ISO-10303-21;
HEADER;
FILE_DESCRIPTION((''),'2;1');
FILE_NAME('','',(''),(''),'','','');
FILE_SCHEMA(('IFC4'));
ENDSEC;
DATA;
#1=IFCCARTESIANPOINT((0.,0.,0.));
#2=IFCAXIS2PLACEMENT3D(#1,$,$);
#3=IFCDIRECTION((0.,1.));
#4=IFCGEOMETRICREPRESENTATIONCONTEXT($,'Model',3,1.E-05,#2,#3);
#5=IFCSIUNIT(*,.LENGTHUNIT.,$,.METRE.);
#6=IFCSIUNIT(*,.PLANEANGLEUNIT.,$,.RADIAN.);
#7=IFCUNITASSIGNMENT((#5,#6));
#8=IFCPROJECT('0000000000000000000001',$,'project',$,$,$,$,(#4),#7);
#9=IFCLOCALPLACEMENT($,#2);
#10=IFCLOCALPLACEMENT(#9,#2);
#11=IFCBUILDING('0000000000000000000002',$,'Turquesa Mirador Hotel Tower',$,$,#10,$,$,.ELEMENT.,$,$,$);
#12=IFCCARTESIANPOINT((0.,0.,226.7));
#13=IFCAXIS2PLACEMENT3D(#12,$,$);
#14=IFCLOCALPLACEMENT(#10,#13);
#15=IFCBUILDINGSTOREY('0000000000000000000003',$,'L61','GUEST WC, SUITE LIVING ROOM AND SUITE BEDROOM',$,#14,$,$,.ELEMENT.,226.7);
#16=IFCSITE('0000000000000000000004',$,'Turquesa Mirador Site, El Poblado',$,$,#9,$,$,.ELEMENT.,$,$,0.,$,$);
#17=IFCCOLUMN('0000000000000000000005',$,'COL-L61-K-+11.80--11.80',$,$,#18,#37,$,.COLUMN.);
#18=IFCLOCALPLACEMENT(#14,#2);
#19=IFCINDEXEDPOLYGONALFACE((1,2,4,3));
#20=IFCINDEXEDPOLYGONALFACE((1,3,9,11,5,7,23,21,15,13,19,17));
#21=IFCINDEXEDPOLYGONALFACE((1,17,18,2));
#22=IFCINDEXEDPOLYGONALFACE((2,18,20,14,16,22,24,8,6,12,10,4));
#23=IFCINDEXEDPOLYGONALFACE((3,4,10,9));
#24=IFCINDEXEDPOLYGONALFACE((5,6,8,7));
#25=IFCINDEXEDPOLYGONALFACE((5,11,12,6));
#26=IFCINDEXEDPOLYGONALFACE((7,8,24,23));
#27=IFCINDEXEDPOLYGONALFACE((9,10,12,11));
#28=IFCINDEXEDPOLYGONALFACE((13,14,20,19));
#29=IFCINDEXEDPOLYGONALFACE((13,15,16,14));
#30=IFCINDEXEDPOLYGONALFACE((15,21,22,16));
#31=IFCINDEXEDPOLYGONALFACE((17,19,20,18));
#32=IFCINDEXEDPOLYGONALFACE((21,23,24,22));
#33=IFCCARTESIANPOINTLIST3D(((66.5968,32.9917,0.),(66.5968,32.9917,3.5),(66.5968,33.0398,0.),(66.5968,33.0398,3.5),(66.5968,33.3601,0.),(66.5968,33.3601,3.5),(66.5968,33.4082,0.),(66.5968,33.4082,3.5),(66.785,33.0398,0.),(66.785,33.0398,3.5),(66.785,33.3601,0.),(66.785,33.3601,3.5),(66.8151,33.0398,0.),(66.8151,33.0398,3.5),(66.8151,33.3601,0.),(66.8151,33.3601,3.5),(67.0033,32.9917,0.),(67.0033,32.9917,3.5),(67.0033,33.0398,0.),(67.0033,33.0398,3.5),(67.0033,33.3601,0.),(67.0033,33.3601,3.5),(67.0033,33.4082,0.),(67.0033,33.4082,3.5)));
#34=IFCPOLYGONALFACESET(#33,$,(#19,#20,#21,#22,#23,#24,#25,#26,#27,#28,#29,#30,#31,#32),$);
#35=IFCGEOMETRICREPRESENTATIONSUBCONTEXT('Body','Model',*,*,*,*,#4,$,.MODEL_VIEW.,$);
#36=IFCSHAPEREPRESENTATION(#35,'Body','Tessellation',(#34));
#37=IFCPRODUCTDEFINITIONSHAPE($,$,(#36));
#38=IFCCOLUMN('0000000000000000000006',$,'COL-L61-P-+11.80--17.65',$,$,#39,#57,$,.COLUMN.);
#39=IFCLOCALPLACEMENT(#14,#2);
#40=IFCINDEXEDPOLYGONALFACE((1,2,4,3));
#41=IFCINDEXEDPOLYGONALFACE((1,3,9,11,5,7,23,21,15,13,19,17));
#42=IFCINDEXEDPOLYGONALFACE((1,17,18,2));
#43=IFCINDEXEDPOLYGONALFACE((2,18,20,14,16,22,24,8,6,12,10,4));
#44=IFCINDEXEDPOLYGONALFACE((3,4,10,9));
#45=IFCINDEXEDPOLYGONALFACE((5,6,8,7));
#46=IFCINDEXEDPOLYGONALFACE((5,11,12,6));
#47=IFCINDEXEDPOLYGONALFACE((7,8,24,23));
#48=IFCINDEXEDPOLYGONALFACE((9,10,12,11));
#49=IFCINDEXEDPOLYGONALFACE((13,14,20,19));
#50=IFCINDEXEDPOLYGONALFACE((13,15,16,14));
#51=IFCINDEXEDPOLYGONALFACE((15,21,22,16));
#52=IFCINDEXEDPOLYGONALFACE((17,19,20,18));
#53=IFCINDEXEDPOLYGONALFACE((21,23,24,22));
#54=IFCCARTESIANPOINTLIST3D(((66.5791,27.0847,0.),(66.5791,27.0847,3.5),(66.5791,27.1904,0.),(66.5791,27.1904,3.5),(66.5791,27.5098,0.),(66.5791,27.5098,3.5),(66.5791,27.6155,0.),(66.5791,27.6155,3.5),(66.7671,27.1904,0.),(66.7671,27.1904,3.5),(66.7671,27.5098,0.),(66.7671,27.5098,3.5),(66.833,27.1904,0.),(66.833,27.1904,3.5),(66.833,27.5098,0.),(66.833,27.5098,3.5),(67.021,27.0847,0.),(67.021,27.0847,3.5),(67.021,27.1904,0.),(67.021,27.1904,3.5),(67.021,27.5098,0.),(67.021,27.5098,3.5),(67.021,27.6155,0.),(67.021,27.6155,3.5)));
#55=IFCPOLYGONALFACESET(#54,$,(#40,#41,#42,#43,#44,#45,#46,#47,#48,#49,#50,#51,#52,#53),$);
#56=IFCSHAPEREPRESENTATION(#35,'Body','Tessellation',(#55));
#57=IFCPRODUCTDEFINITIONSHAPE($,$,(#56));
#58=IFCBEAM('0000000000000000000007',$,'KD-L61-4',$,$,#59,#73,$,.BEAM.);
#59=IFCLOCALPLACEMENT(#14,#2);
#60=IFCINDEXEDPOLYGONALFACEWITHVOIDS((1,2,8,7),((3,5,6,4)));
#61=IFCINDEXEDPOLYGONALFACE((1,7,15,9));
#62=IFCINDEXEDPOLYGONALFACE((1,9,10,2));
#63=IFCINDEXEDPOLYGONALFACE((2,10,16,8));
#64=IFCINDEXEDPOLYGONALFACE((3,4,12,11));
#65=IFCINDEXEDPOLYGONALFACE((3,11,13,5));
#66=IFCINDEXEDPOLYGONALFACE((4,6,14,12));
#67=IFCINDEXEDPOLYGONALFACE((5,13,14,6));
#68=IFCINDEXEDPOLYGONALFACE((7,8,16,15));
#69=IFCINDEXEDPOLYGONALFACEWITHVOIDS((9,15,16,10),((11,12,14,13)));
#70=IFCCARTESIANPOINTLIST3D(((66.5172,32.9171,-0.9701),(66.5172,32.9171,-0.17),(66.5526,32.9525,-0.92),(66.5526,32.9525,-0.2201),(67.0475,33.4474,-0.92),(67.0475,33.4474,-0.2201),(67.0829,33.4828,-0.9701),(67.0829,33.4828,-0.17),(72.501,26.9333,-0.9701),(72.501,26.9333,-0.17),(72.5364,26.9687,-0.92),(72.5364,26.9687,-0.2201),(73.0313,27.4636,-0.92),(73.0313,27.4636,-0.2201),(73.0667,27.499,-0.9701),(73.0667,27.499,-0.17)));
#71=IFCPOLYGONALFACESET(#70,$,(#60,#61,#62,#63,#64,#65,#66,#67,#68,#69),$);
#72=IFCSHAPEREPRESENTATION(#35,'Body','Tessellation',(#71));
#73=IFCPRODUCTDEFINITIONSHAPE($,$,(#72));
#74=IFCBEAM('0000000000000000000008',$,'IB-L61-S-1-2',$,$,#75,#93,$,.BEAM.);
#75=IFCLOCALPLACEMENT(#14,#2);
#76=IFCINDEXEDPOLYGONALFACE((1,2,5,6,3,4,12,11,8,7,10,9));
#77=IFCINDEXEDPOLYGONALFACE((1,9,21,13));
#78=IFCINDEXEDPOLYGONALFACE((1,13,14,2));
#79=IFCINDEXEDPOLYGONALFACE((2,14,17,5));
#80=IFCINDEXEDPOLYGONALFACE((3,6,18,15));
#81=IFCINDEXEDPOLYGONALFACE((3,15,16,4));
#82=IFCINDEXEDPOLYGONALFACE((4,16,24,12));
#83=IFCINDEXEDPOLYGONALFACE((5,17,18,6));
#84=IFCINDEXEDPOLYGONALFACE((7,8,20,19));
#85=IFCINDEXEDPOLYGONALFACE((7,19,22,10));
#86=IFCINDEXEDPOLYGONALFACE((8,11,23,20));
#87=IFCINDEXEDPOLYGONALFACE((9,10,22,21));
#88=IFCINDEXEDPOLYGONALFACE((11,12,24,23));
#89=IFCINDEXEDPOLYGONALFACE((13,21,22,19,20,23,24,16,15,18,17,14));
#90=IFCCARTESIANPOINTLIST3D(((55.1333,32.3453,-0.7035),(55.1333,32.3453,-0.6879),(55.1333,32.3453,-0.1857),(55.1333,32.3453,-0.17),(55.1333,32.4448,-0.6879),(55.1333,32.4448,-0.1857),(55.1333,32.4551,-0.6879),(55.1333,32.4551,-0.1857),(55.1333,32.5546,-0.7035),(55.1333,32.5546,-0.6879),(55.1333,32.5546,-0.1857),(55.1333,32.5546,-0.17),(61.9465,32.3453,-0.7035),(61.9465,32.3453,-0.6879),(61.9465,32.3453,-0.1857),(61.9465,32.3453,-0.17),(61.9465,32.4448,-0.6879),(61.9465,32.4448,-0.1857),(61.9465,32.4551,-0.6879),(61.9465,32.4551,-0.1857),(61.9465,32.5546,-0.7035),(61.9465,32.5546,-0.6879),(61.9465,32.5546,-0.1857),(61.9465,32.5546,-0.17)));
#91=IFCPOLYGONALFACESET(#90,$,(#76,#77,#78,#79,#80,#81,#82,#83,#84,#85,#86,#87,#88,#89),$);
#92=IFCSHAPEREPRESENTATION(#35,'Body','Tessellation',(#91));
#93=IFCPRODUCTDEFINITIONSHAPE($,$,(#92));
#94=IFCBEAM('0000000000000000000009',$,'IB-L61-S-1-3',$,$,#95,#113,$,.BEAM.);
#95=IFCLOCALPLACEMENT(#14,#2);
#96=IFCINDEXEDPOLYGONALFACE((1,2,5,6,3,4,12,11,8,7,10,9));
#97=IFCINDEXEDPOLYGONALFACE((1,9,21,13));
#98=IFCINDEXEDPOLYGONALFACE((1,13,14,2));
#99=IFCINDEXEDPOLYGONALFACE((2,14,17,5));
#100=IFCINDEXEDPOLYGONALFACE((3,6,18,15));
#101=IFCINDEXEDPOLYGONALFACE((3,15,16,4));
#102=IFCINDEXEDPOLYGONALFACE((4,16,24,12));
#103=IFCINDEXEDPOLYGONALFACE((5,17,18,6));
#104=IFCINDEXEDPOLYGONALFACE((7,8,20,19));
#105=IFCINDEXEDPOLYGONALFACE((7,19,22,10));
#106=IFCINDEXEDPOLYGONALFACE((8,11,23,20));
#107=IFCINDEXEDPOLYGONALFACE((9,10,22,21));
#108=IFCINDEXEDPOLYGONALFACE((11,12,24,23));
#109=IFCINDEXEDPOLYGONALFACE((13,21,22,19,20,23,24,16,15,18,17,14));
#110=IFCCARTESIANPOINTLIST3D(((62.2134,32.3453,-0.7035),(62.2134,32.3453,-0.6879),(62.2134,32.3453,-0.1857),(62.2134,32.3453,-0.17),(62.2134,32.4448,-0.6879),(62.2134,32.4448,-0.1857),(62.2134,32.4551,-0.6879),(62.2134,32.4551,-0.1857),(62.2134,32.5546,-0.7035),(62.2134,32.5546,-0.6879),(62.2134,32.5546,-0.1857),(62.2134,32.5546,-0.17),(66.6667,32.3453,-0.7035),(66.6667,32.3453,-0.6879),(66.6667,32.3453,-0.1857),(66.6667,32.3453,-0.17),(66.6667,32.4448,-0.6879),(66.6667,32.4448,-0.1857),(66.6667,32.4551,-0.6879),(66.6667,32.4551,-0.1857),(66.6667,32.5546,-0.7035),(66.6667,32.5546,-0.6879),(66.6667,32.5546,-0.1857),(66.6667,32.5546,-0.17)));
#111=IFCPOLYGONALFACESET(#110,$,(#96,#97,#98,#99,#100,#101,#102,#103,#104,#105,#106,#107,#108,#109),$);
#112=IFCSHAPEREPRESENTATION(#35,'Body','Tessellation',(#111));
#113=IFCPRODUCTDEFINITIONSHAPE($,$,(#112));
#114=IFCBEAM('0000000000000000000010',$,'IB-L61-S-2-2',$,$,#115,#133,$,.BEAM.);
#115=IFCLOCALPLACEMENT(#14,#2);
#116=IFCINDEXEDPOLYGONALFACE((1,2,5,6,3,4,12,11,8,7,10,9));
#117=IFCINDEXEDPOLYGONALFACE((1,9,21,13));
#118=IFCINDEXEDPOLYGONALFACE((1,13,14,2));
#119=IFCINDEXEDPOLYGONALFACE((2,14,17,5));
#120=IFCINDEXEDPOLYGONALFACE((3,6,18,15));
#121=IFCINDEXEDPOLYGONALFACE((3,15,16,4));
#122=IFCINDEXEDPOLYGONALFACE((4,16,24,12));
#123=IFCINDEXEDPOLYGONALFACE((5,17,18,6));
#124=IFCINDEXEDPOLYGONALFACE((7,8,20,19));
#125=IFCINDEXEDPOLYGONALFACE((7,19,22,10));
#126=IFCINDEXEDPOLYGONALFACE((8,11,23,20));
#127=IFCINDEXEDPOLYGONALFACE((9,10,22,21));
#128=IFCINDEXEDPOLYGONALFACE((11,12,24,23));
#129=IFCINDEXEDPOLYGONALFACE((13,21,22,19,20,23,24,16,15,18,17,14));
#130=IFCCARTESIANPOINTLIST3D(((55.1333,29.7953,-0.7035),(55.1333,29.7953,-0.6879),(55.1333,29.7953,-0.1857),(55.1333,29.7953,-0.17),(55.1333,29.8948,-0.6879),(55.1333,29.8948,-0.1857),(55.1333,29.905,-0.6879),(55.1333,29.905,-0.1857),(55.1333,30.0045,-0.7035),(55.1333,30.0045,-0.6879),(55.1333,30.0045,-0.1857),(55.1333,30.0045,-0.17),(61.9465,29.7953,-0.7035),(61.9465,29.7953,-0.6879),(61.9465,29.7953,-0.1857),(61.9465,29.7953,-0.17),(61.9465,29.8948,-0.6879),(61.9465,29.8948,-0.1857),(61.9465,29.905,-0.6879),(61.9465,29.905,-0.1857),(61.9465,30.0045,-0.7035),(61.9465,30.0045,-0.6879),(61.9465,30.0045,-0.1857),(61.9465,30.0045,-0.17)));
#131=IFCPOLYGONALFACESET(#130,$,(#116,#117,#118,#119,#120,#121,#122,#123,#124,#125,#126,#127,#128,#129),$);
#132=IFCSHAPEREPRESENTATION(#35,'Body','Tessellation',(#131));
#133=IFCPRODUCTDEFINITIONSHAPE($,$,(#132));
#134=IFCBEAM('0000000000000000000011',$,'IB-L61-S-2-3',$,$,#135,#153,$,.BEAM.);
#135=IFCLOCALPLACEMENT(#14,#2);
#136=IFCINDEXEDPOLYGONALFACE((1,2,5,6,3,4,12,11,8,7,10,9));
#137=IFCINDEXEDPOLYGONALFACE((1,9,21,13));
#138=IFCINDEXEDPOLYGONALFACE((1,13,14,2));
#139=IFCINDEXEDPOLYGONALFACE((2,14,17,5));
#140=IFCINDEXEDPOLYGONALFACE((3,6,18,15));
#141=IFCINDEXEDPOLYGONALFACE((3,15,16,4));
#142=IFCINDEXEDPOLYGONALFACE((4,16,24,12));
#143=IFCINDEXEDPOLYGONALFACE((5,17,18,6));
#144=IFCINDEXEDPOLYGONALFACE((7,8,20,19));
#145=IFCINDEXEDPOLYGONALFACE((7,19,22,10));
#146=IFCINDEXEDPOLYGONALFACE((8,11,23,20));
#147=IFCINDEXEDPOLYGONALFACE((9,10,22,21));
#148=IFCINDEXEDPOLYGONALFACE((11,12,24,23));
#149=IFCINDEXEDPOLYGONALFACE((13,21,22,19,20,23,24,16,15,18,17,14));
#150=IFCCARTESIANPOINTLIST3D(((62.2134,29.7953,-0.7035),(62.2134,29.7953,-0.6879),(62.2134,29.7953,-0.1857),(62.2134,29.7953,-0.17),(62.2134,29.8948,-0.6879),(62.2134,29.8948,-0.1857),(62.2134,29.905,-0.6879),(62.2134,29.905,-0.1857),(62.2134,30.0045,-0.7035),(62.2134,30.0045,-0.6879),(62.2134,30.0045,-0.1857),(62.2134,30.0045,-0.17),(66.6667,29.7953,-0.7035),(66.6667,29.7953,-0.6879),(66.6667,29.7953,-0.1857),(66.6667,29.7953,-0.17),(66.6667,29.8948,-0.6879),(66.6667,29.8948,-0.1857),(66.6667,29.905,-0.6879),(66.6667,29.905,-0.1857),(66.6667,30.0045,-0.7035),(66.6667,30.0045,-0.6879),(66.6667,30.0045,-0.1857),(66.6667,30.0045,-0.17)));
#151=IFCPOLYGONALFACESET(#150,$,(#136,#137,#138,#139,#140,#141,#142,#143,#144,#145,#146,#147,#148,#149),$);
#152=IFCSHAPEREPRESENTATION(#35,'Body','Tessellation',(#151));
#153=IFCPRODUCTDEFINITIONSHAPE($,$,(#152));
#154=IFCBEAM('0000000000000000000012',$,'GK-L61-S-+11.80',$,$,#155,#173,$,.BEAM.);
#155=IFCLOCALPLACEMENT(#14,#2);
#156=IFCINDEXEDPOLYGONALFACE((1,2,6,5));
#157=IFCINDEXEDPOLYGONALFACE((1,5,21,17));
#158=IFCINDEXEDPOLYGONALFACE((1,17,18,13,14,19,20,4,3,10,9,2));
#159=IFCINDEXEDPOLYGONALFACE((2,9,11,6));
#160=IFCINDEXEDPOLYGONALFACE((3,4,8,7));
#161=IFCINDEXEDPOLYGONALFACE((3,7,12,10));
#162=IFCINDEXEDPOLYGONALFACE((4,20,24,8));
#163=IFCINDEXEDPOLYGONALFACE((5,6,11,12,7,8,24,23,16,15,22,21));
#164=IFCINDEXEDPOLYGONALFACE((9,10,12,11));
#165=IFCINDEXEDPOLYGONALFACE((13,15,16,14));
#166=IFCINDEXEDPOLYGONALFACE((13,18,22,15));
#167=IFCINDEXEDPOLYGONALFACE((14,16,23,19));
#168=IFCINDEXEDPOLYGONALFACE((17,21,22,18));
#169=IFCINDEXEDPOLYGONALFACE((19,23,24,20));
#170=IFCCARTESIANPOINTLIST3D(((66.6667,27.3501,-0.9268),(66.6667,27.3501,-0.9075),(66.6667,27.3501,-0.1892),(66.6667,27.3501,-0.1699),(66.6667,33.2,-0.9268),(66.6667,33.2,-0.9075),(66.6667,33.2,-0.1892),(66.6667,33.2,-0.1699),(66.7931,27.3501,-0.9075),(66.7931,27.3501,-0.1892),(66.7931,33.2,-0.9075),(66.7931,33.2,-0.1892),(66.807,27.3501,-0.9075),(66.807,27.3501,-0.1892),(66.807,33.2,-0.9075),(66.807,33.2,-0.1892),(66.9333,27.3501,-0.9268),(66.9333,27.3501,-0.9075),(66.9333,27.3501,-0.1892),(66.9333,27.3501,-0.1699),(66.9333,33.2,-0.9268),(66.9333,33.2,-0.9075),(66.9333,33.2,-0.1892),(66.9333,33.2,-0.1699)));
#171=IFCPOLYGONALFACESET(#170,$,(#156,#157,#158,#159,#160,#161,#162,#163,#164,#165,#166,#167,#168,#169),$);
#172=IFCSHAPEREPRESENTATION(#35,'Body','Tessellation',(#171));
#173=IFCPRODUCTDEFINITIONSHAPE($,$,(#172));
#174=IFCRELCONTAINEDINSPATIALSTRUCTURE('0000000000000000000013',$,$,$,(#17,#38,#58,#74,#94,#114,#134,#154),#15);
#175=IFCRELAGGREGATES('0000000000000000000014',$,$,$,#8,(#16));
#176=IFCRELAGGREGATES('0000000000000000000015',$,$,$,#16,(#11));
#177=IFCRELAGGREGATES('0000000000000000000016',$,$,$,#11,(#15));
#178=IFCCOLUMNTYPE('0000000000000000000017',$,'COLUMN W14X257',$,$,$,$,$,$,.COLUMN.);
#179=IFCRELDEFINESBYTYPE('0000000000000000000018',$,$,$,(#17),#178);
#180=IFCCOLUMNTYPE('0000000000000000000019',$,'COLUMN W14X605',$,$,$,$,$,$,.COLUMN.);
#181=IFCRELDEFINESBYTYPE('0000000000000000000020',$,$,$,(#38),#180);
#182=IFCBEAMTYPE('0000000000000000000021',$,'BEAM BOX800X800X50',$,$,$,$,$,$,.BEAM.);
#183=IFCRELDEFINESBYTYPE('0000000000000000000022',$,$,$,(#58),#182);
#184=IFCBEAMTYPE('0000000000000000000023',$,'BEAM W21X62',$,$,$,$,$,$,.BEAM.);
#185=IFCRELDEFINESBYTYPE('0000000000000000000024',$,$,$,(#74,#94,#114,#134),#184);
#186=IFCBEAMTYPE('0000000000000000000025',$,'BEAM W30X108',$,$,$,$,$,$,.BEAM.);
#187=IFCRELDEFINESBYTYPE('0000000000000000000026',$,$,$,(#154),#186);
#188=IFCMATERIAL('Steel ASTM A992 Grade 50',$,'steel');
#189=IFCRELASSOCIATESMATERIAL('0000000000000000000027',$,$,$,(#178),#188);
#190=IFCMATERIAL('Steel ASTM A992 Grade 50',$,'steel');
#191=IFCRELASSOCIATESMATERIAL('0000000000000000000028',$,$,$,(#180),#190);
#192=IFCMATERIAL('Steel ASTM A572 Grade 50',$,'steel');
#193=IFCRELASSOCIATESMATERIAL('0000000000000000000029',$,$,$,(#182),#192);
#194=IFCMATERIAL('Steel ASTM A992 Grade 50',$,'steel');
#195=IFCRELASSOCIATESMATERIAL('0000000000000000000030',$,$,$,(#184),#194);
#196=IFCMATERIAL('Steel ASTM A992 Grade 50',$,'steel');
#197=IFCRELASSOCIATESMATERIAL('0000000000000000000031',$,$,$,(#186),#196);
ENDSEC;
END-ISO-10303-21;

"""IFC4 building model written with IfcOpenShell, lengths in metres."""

from ifc_helpers import new_model, si_unit, direction, frame, origin, origin_2d, place, context, subcontext, project, spatial, hollow_rectangle, i_section, extrude, material, material_profile, profile_set, type_object, element, save


model = new_model("IFC4")

# Units and contexts
model_context = context("Model", 3, precision=1e-05, world=origin(), true_north=direction((0.0, 1.0)))
body_context = subcontext(model_context, "Body", "Model", "MODEL_VIEW")
ifc_project = project(units=[si_unit("LENGTHUNIT", "METRE"), si_unit("PLANEANGLEUNIT", "RADIAN")], contexts=[model_context])

# Site, building, storey
site_placement = place(None, origin())
site = spatial("IfcSite", under=ifc_project, at=site_placement, Name="Turquesa Mirador Site, El Poblado", CompositionType="ELEMENT", RefElevation=0.0)
building_placement = place(site_placement, origin())
building = spatial("IfcBuilding", under=site, at=building_placement, Name="Turquesa Mirador Hotel Tower", CompositionType="ELEMENT")
storey_placement = place(building_placement, frame((0.0, 0.0, 226.7)))
storey = spatial("IfcBuildingStorey", under=building, at=storey_placement, Name="L61", Description="GUEST WC, SUITE LIVING ROOM AND SUITE BEDROOM", CompositionType="ELEMENT", Elevation=226.7)

# Columns
ifc_material_1 = material(Name="Steel ASTM A992 Grade 50", Category="steel")
ifc_material_profile_1 = material_profile(ifc_material_1, i_section(OverallWidth=0.4065, OverallDepth=0.4165, WebThickness=0.03, FlangeThickness=0.0481, at=origin_2d()), Name="W14X257")
ifc_profile_set_1 = profile_set([ifc_material_profile_1], Name="Steel ASTM A992 Grade 50")
column_type_1 = type_object("IfcColumnType", Name="COLUMN W14X257", PredefinedType="COLUMN", material=ifc_profile_set_1)
column_1_placement = place(storey_placement, frame((66.8, 33.2, 0.0), z_axis=(0.0, 0.0, 1.0), x_axis=(1.0, 0.0, 0.0)))
element("IfcColumn", 1, at=column_1_placement, inside=storey, type_object=column_type_1, Name="COL-L61-K-+11.80--11.80", PredefinedType="COLUMN", context=body_context, shape_type="SweptSolid", body=[
    extrude(i_section(OverallWidth=0.4065, OverallDepth=0.4165, WebThickness=0.03, FlangeThickness=0.0481, at=origin_2d()), origin(), (0.0, 0.0, 1.0), 3.5),
])
ifc_material_2 = material(Name="Steel ASTM A992 Grade 50", Category="steel")
ifc_material_profile_2 = material_profile(ifc_material_2, i_section(OverallWidth=0.4419, OverallDepth=0.5308, WebThickness=0.0659, FlangeThickness=0.1057, at=origin_2d()), Name="W14X605")
ifc_profile_set_2 = profile_set([ifc_material_profile_2], Name="Steel ASTM A992 Grade 50")
column_type_2 = type_object("IfcColumnType", Name="COLUMN W14X605", PredefinedType="COLUMN", material=ifc_profile_set_2)
column_2_placement = place(storey_placement, frame((66.8, 27.3501, 0.0), z_axis=(0.0, 0.0, 1.0), x_axis=(1.0, 0.0, 0.0)))
element("IfcColumn", 2, at=column_2_placement, inside=storey, type_object=column_type_2, Name="COL-L61-P-+11.80--17.65", PredefinedType="COLUMN", context=body_context, shape_type="SweptSolid", body=[
    extrude(i_section(OverallWidth=0.4419, OverallDepth=0.5308, WebThickness=0.0659, FlangeThickness=0.1057, at=origin_2d()), origin(), (0.0, 0.0, 1.0), 3.5),
])

# Beams
ifc_material_3 = material(Name="Steel ASTM A572 Grade 50", Category="steel")
ifc_material_profile_3 = material_profile(ifc_material_3, hollow_rectangle(XDim=0.8, YDim=0.8, WallThickness=0.05, at=origin_2d()), Name="BOX800X800X50")
ifc_profile_set_3 = profile_set([ifc_material_profile_3], Name="Steel ASTM A572 Grade 50")
beam_type_1 = type_object("IfcBeamType", Name="BEAM BOX800X800X50", PredefinedType="BEAM", material=ifc_profile_set_3)
beam_1_placement = place(storey_placement, frame((66.8, 33.2, -0.5701), z_axis=(0.707107, -0.707107, 0.0), x_axis=(0.707107, 0.707107, 0.0)))
element("IfcBeam", 3, at=beam_1_placement, inside=storey, type_object=beam_type_1, Name="KD-L61-4", PredefinedType="BEAM", context=body_context, shape_type="SweptSolid", body=[
    extrude(hollow_rectangle(XDim=0.8, YDim=0.8, WallThickness=0.05, at=origin_2d()), origin(), (0.0, 0.0, 1.0), 8.4624),
])
ifc_material_4 = material(Name="Steel ASTM A992 Grade 50", Category="steel")
ifc_material_profile_4 = material_profile(ifc_material_4, i_section(OverallWidth=0.2092, OverallDepth=0.5334, WebThickness=0.0103, FlangeThickness=0.0156, at=origin_2d()), Name="W21X62")
ifc_profile_set_4 = profile_set([ifc_material_profile_4], Name="Steel ASTM A992 Grade 50")
beam_type_2 = type_object("IfcBeamType", Name="BEAM W21X62", PredefinedType="BEAM", material=ifc_profile_set_4)
beam_2_placement = place(storey_placement, frame((55.1333, 32.45, -0.4368), z_axis=(1.0, 0.0, 0.0), x_axis=(0.0, 1.0, 0.0)))
element("IfcBeam", 4, at=beam_2_placement, inside=storey, type_object=beam_type_2, Name="IB-L61-S-1-2", PredefinedType="BEAM", context=body_context, shape_type="SweptSolid", body=[
    extrude(i_section(OverallWidth=0.2092, OverallDepth=0.5334, WebThickness=0.0103, FlangeThickness=0.0156, at=origin_2d()), origin(), (0.0, 0.0, 1.0), 6.8132),
])
beam_3_placement = place(storey_placement, frame((62.2134, 32.45, -0.4368), z_axis=(1.0, 0.0, 0.0), x_axis=(0.0, 1.0, 0.0)))
element("IfcBeam", 5, at=beam_3_placement, inside=storey, type_object=beam_type_2, Name="IB-L61-S-1-3", PredefinedType="BEAM", context=body_context, shape_type="SweptSolid", body=[
    extrude(i_section(OverallWidth=0.2092, OverallDepth=0.5334, WebThickness=0.0103, FlangeThickness=0.0156, at=origin_2d()), origin(), (0.0, 0.0, 1.0), 4.4534),
])
beam_4_placement = place(storey_placement, frame((55.1333, 29.8999, -0.4368), z_axis=(1.0, 0.0, 0.0), x_axis=(0.0, 1.0, 0.0)))
element("IfcBeam", 6, at=beam_4_placement, inside=storey, type_object=beam_type_2, Name="IB-L61-S-2-2", PredefinedType="BEAM", context=body_context, shape_type="SweptSolid", body=[
    extrude(i_section(OverallWidth=0.2092, OverallDepth=0.5334, WebThickness=0.0103, FlangeThickness=0.0156, at=origin_2d()), origin(), (0.0, 0.0, 1.0), 6.8132),
])
beam_5_placement = place(storey_placement, frame((62.2134, 29.8999, -0.4368), z_axis=(1.0, 0.0, 0.0), x_axis=(0.0, 1.0, 0.0)))
element("IfcBeam", 7, at=beam_5_placement, inside=storey, type_object=beam_type_2, Name="IB-L61-S-2-3", PredefinedType="BEAM", context=body_context, shape_type="SweptSolid", body=[
    extrude(i_section(OverallWidth=0.2092, OverallDepth=0.5334, WebThickness=0.0103, FlangeThickness=0.0156, at=origin_2d()), origin(), (0.0, 0.0, 1.0), 4.4534),
])
ifc_material_5 = material(Name="Steel ASTM A992 Grade 50", Category="steel")
ifc_material_profile_5 = material_profile(ifc_material_5, i_section(OverallWidth=0.2666, OverallDepth=0.7568, WebThickness=0.0139, FlangeThickness=0.0193, at=origin_2d()), Name="W30X108")
ifc_profile_set_5 = profile_set([ifc_material_profile_5], Name="Steel ASTM A992 Grade 50")
beam_type_3 = type_object("IfcBeamType", Name="BEAM W30X108", PredefinedType="BEAM", material=ifc_profile_set_5)
beam_6_placement = place(storey_placement, frame((66.8, 27.3501, -0.5483), z_axis=(0.0, 1.0, 0.0), x_axis=(-1.0, 0.0, 0.0)))
element("IfcBeam", 8, at=beam_6_placement, inside=storey, type_object=beam_type_3, Name="GK-L61-S-+11.80", PredefinedType="BEAM", context=body_context, shape_type="SweptSolid", body=[
    extrude(i_section(OverallWidth=0.2666, OverallDepth=0.7568, WebThickness=0.0139, FlangeThickness=0.0193, at=origin_2d()), origin(), (0.0, 0.0, 1.0), 5.8499),
])

save(model, "model.ifc")
